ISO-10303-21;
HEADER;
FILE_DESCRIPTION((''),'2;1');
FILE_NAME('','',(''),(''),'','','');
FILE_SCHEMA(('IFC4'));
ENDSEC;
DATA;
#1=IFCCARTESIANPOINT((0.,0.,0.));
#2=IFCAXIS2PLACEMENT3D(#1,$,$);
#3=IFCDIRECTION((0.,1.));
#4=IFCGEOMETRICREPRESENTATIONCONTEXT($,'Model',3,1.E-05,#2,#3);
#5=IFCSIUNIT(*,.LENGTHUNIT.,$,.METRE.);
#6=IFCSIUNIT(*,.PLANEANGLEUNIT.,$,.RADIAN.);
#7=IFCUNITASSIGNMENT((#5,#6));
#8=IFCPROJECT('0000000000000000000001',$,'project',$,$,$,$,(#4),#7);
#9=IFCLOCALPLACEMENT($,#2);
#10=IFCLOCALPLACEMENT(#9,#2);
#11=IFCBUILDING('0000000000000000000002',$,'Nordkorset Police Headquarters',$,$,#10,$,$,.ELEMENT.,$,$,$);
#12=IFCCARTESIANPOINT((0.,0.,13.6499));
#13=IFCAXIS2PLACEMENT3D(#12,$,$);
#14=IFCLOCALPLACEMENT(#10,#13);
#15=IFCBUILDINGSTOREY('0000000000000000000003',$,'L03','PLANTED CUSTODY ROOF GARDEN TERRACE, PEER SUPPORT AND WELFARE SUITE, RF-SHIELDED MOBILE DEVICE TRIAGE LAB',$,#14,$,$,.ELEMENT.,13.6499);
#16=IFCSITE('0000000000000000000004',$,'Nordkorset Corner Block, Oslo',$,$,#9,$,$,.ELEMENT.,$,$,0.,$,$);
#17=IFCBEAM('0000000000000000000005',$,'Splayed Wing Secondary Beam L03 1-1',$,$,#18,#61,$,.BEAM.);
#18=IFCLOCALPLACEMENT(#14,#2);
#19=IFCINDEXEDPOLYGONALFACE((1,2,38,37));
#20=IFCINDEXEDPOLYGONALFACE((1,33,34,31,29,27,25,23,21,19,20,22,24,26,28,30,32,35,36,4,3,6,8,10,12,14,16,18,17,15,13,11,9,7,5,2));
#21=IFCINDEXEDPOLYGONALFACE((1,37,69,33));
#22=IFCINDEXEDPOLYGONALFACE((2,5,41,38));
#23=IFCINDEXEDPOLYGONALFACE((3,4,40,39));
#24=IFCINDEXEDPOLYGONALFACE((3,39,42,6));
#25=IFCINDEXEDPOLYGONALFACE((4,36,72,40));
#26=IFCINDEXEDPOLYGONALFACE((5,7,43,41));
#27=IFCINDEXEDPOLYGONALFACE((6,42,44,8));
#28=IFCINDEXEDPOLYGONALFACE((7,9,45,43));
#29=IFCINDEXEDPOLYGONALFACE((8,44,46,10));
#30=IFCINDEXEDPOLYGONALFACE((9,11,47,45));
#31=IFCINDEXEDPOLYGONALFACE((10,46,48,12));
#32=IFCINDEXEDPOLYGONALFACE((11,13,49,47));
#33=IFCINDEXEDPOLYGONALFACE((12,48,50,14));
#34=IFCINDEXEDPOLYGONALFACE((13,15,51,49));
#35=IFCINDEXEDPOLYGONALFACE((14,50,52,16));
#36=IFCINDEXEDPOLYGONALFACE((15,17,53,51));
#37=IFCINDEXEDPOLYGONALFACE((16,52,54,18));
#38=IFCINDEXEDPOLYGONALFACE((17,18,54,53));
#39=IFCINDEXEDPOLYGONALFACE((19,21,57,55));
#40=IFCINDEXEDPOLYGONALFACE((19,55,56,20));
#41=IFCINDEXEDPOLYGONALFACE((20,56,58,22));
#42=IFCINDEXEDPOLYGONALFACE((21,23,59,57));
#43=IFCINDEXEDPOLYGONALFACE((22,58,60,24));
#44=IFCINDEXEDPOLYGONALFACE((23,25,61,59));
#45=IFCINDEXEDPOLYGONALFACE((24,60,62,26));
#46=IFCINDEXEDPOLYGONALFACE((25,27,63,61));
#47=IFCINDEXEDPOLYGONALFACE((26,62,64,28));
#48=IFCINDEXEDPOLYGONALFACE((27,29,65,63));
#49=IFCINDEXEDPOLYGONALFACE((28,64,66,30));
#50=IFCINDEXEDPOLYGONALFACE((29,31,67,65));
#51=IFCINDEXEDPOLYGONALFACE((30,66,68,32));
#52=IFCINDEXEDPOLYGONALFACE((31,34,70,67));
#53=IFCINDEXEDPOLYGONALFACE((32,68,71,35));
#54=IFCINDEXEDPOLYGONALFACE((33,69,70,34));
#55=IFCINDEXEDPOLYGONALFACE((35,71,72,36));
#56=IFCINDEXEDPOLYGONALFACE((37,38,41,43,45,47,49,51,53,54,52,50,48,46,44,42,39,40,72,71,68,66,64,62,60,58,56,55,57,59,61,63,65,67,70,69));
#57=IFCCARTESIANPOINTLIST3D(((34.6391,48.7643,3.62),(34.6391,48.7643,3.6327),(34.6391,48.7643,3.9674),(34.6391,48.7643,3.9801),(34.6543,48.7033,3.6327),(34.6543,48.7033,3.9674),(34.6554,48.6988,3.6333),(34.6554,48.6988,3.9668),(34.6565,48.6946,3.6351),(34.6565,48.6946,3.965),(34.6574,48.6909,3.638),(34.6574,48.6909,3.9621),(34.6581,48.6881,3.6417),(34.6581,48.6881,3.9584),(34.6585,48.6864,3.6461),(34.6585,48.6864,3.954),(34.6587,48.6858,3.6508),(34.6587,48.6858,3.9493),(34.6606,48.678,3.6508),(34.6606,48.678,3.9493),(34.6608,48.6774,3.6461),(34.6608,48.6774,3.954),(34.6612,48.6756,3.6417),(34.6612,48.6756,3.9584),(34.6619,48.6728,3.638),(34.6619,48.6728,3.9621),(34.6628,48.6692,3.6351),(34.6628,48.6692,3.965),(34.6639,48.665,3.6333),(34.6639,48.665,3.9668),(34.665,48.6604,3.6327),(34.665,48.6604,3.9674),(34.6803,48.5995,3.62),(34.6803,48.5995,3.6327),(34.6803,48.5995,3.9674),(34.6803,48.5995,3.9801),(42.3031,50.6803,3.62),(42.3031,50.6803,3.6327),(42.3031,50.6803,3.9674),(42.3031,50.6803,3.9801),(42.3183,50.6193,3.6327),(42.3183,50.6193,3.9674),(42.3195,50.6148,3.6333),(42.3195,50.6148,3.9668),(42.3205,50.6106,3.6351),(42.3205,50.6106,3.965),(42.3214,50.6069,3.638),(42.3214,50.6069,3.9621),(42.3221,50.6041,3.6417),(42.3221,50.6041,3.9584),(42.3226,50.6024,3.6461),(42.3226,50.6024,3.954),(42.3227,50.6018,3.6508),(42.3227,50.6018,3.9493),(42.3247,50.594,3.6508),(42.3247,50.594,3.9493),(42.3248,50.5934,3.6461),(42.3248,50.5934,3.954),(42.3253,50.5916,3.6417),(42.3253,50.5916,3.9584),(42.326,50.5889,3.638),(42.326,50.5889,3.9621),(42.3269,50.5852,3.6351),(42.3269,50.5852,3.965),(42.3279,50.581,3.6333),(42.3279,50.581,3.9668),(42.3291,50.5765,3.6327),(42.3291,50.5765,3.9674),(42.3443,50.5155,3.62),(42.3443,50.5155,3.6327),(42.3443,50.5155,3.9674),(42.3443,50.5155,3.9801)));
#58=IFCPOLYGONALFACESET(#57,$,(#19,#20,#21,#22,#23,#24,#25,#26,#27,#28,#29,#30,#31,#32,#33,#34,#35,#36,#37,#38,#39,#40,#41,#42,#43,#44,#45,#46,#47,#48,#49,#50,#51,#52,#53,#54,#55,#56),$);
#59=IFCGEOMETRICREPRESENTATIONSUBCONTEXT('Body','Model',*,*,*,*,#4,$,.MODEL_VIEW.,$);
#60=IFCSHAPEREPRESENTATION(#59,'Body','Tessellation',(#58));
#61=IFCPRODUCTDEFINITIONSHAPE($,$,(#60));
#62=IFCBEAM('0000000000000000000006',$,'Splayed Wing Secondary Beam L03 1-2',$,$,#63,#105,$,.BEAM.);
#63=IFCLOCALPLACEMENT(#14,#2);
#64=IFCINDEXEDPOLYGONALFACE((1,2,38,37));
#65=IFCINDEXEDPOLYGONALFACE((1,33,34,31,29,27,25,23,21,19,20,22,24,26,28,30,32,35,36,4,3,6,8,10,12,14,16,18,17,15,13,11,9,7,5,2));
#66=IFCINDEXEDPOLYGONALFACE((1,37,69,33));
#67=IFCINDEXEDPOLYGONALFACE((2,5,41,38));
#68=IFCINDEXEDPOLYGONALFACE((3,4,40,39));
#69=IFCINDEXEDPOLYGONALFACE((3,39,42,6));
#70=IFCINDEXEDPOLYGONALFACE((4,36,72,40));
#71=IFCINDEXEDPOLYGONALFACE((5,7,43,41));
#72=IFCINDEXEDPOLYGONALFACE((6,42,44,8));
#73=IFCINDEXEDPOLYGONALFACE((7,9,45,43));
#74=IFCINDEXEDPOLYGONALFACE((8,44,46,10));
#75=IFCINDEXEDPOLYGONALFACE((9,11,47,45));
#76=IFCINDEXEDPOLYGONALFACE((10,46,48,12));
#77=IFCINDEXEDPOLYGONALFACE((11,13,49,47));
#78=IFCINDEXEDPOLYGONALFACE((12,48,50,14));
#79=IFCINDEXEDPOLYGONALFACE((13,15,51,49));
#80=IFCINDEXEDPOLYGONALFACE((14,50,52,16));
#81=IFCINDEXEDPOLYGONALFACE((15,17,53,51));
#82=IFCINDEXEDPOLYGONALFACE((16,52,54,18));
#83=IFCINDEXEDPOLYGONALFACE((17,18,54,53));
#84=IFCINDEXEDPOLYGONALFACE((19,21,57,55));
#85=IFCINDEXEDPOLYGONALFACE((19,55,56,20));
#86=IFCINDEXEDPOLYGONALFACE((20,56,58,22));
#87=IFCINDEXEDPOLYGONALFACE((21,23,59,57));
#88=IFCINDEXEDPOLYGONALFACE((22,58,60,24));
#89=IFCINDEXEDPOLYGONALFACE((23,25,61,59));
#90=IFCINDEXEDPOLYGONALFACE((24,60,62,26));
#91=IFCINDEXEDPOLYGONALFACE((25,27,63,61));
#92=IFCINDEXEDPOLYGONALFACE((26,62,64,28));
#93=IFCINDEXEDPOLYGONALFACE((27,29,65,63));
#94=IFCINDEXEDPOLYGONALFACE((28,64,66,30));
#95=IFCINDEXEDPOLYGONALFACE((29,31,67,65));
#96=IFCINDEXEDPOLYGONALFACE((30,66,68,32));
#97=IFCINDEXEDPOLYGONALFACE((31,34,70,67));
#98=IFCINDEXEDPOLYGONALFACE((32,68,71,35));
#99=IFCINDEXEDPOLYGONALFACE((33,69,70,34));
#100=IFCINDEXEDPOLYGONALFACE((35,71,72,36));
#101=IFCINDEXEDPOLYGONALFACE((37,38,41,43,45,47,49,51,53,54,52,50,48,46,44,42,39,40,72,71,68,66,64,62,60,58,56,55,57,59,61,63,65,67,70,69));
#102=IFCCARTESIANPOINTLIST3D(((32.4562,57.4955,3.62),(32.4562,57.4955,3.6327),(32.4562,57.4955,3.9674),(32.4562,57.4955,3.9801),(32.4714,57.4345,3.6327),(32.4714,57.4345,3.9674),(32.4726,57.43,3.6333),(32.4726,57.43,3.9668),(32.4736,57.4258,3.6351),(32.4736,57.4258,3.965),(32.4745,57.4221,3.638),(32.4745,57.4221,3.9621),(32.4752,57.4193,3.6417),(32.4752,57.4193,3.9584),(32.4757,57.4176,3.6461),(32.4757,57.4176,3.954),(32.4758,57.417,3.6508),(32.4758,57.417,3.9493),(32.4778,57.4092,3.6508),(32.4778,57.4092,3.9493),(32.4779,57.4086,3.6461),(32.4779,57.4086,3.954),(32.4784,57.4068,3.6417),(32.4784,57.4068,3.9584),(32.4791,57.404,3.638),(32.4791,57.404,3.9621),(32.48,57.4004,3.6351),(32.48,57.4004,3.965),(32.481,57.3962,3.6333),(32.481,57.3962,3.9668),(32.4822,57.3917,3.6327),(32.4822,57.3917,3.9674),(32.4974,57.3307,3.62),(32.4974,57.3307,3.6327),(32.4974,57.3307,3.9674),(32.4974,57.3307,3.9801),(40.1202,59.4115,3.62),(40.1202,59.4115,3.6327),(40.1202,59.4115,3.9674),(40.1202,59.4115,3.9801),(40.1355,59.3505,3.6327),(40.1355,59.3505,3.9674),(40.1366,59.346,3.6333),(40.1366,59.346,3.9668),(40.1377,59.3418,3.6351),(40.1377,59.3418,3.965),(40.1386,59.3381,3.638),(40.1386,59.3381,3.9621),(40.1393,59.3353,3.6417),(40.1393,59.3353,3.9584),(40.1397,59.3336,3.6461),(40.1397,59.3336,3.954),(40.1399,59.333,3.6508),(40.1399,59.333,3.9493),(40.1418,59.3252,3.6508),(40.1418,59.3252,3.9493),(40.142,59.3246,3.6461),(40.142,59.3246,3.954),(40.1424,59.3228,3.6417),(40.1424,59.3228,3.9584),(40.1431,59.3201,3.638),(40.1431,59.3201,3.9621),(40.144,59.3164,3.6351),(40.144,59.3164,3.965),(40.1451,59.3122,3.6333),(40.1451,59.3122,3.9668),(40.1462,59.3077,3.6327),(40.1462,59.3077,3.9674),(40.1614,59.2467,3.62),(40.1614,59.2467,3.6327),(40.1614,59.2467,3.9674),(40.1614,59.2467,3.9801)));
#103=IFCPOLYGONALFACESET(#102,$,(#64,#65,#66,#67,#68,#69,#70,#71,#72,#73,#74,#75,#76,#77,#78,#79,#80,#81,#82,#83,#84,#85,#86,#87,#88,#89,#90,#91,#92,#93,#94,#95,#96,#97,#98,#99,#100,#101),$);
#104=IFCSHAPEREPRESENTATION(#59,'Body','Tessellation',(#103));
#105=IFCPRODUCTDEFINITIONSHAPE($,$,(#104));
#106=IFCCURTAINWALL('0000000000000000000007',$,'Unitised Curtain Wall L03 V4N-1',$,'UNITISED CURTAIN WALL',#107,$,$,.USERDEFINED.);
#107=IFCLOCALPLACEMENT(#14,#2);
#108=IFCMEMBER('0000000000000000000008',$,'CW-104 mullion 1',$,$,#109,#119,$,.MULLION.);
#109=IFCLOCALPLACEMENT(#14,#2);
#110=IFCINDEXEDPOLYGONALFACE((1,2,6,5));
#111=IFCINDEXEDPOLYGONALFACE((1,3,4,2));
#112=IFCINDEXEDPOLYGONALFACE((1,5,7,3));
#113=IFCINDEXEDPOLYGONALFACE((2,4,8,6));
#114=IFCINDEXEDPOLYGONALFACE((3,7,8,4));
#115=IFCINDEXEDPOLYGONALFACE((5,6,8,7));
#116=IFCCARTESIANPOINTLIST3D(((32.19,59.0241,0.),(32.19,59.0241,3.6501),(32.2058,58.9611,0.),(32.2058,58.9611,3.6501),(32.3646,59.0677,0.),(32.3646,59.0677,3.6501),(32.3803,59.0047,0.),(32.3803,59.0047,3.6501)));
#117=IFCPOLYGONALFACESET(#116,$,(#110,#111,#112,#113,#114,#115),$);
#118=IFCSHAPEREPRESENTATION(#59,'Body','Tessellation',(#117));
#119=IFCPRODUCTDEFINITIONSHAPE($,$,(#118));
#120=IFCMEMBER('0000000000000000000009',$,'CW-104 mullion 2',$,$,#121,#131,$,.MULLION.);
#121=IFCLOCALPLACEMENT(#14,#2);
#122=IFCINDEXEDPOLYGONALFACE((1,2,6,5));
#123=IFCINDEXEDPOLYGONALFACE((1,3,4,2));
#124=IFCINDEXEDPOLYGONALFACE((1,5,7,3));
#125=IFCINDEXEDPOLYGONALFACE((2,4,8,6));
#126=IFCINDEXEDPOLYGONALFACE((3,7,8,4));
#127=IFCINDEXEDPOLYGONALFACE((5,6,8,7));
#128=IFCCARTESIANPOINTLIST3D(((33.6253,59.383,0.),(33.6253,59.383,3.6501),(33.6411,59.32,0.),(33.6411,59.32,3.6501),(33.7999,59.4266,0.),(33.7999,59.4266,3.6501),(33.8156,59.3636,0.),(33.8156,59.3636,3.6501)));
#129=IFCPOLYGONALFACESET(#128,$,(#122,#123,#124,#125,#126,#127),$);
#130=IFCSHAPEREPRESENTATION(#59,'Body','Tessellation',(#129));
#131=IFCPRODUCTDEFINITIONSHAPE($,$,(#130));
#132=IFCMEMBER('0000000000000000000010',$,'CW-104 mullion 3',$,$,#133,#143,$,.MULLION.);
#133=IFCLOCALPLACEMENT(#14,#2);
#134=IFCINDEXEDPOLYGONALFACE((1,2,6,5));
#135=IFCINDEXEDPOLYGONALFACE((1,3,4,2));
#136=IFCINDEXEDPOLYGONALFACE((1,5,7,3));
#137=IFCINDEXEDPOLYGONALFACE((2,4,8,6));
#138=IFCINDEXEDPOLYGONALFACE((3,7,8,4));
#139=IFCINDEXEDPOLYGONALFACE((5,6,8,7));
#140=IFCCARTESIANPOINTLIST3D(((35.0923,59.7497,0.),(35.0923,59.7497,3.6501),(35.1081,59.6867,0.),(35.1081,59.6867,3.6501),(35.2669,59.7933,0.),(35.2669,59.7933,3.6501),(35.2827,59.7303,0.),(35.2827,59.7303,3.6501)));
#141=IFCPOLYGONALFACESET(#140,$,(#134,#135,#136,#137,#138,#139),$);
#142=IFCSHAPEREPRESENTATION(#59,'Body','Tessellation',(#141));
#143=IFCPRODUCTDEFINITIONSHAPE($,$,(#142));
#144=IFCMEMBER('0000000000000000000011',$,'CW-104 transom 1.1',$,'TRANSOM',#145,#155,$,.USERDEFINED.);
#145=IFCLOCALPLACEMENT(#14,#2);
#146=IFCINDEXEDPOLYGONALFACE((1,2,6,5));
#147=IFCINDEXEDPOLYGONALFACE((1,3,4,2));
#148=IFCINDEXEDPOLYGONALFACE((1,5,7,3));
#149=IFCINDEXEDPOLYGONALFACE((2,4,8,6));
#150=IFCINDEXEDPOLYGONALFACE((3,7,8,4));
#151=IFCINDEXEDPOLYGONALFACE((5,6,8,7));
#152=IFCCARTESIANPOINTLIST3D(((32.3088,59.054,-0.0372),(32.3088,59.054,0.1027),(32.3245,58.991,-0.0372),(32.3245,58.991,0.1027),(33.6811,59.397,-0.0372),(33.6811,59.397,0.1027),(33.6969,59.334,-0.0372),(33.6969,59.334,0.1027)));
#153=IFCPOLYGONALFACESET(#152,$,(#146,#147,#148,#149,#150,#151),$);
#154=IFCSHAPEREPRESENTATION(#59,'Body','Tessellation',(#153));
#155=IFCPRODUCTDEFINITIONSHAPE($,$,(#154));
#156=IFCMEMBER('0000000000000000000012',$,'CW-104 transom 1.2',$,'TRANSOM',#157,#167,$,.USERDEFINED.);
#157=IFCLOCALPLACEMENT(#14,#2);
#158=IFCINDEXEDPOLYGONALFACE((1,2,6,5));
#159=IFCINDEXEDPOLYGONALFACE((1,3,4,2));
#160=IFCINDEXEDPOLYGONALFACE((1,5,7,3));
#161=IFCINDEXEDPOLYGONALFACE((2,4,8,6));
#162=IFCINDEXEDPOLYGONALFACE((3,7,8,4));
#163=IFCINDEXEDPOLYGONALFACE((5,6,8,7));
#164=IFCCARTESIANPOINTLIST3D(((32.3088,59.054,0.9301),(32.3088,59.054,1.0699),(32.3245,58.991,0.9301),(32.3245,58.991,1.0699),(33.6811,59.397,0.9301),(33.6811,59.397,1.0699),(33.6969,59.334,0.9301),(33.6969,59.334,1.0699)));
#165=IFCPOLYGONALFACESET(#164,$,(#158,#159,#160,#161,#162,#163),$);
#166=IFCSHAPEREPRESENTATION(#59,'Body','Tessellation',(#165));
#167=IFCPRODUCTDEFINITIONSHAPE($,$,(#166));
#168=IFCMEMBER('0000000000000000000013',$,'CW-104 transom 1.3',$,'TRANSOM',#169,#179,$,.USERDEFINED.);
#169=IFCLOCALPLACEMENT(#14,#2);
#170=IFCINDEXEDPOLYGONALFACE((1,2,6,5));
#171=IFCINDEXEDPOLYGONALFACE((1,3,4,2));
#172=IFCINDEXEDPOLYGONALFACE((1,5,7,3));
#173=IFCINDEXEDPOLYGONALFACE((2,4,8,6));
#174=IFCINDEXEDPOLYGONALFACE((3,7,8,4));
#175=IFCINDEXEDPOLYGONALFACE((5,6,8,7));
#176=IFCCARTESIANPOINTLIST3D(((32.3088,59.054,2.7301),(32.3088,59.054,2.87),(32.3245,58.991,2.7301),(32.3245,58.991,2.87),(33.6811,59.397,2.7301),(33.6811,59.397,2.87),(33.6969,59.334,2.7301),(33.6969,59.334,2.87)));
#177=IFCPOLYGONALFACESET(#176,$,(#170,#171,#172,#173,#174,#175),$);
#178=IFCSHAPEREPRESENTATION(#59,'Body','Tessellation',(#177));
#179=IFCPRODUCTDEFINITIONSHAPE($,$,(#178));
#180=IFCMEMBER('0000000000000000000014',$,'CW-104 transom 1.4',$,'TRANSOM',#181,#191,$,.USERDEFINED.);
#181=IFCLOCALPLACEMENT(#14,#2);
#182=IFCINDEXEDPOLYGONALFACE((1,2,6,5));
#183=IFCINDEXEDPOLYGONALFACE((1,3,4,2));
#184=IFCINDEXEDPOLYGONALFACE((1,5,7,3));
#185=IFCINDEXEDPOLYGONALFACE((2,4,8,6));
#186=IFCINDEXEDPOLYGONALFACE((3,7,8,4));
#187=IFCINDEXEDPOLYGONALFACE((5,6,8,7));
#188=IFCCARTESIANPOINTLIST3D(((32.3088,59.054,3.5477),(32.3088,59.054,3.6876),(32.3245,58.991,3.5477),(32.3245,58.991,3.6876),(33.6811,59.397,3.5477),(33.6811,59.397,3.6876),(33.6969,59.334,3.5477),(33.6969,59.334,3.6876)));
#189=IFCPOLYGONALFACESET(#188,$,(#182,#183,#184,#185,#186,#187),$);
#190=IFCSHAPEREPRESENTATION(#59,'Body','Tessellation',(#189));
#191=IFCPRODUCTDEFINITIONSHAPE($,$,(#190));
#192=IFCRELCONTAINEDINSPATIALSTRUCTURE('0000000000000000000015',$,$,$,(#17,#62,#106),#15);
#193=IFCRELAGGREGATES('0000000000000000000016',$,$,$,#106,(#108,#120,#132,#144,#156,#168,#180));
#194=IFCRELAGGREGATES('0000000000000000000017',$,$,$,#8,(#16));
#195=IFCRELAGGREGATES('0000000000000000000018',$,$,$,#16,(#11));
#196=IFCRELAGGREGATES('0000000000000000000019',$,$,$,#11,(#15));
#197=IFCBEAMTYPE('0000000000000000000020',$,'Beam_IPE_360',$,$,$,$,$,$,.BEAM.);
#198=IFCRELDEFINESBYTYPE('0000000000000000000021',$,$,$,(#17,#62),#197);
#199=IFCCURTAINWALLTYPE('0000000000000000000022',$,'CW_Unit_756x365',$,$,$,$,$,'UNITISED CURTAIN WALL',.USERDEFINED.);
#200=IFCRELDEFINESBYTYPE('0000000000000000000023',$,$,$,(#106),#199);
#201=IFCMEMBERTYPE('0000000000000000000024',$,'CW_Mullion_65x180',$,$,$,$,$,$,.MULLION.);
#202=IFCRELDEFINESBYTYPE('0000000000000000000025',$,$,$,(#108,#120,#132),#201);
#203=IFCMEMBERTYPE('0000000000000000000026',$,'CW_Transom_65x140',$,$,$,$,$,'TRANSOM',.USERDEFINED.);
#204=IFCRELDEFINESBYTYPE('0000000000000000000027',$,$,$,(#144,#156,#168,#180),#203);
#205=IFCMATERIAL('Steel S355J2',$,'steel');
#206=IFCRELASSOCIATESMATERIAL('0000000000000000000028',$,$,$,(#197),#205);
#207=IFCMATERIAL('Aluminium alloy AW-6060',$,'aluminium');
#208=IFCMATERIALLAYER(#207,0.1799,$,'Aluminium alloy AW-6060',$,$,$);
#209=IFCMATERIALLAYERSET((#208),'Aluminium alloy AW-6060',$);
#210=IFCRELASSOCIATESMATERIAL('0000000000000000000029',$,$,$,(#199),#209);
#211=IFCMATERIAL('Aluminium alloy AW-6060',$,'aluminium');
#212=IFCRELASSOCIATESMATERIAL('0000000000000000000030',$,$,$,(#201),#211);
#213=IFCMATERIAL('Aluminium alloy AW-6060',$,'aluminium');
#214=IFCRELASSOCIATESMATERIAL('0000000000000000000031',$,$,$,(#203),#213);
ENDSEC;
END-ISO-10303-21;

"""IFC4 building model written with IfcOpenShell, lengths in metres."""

from ifc_helpers import new_model, si_unit, direction, frame, origin, origin_2d, place, context, subcontext, project, spatial, rectangle, i_section, extrude, material, layer, layer_set, material_profile, profile_set, type_object, element, aggregate, save


model = new_model("IFC4")

# Units and contexts
model_context = context("Model", 3, precision=1e-05, world=origin(), true_north=direction((0.0, 1.0)))
body_context = subcontext(model_context, "Body", "Model", "MODEL_VIEW")
ifc_project = project(units=[si_unit("LENGTHUNIT", "METRE"), si_unit("PLANEANGLEUNIT", "RADIAN")], contexts=[model_context])

# Site, building, storey
site_placement = place(None, origin())
site = spatial("IfcSite", under=ifc_project, at=site_placement, Name="Nordkorset Corner Block, Oslo", CompositionType="ELEMENT", RefElevation=0.0)
building_placement = place(site_placement, origin())
building = spatial("IfcBuilding", under=site, at=building_placement, Name="Nordkorset Police Headquarters", CompositionType="ELEMENT")
storey_placement = place(building_placement, frame((0.0, 0.0, 13.6499)))
storey = spatial("IfcBuildingStorey", under=building, at=storey_placement, Name="L03", Description="PLANTED CUSTODY ROOF GARDEN TERRACE, PEER SUPPORT AND WELFARE SUITE, RF-SHIELDED MOBILE DEVICE TRIAGE LAB", CompositionType="ELEMENT", Elevation=13.6499)

# Beams
ifc_material_1 = material(Name="Steel S355J2", Category="steel")
ifc_material_profile_1 = material_profile(ifc_material_1, i_section(OverallWidth=0.1699, OverallDepth=0.3601, WebThickness=0.0081, FlangeThickness=0.0127, FilletRadius=0.0181, at=origin_2d()), Name="IPE 360")
ifc_profile_set_1 = profile_set([ifc_material_profile_1], Name="Steel S355J2")
beam_type = type_object("IfcBeamType", Name="Beam_IPE_360", PredefinedType="BEAM", material=ifc_profile_set_1)
for number, where, z_axis, x_axis, name in (
    (1, (34.6597, 48.6819, 3.8), (0.970143, 0.242536, 0.0), (-0.242536, 0.970143, 0.0), "Splayed Wing Secondary Beam L03 1-1"),
    (2, (32.4768, 57.4131, 3.8), (0.970143, 0.242536, 0.0), (-0.242536, 0.970143, 0.0), "Splayed Wing Secondary Beam L03 1-2"),
):
    element("IfcBeam", number, at=place(storey_placement, frame(where, z_axis=z_axis, x_axis=x_axis)), inside=storey, type_object=beam_type, Name=name, PredefinedType="BEAM", context=body_context, shape_type="SweptSolid", body=[
        extrude(i_section(OverallWidth=0.1699, OverallDepth=0.3601, WebThickness=0.0081, FlangeThickness=0.0127, FilletRadius=0.0181, at=origin_2d()), origin(), (0.0, 0.0, 1.0), 7.8999),
    ])

# Curtain wall, members
ifc_material_2 = material(Name="Aluminium alloy AW-6060", Category="aluminium")
ifc_layer_1 = layer(ifc_material_2, 0.1799, Name="Aluminium alloy AW-6060")
ifc_layer_set_1 = layer_set([ifc_layer_1], Name="Aluminium alloy AW-6060")
curtain_wall_type = type_object("IfcCurtainWallType", Name="CW_Unit_756x365", ElementType="UNITISED CURTAIN WALL", PredefinedType="USERDEFINED", material=ifc_layer_set_1)
curtain_wall_placement = place(storey_placement, origin())
curtain_wall = element("IfcCurtainWall", 3, at=curtain_wall_placement, inside=storey, type_object=curtain_wall_type, Name="Unitised Curtain Wall L03 V4N-1", ObjectType="UNITISED CURTAIN WALL", PredefinedType="USERDEFINED")
ifc_material_3 = material(Name="Aluminium alloy AW-6060", Category="aluminium")
ifc_material_profile_2 = material_profile(ifc_material_3, rectangle(XDim=0.0649, YDim=0.1799, at=origin_2d()), Name="ALU MULL 65x180")
ifc_profile_set_2 = profile_set([ifc_material_profile_2], Name="Aluminium alloy AW-6060")
member_type_1 = type_object("IfcMemberType", Name="CW_Mullion_65x180", PredefinedType="MULLION", material=ifc_profile_set_2)
member_1_placement = place(storey_placement, frame((32.2852, 59.0144, 0.0), z_axis=(0.0, 0.0, 1.0), x_axis=(-0.242536, 0.970143, 0.0)))
member_1 = element("IfcMember", 4, at=member_1_placement, type_object=member_type_1, Name="CW-104 mullion 1", PredefinedType="MULLION", context=body_context, shape_type="SweptSolid", body=[
    extrude(rectangle(XDim=0.0649, YDim=0.1799, at=origin_2d()), origin(), (0.0, 0.0, 1.0), 3.6501),
])
member_2_placement = place(storey_placement, frame((33.7205, 59.3733, 0.0), z_axis=(0.0, 0.0, 1.0), x_axis=(-0.242536, 0.970143, 0.0)))
member_2 = element("IfcMember", 5, at=member_2_placement, type_object=member_type_1, Name="CW-104 mullion 2", PredefinedType="MULLION", context=body_context, shape_type="SweptSolid", body=[
    extrude(rectangle(XDim=0.0649, YDim=0.1799, at=origin_2d()), origin(), (0.0, 0.0, 1.0), 3.6501),
])
member_3_placement = place(storey_placement, frame((35.1875, 59.74, 0.0), z_axis=(0.0, 0.0, 1.0), x_axis=(-0.242536, 0.970143, 0.0)))
member_3 = element("IfcMember", 6, at=member_3_placement, type_object=member_type_1, Name="CW-104 mullion 3", PredefinedType="MULLION", context=body_context, shape_type="SweptSolid", body=[
    extrude(rectangle(XDim=0.0649, YDim=0.1799, at=origin_2d()), origin(), (0.0, 0.0, 1.0), 3.6501),
])
ifc_material_4 = material(Name="Aluminium alloy AW-6060", Category="aluminium")
ifc_material_profile_3 = material_profile(ifc_material_4, rectangle(XDim=0.0649, YDim=0.1399, at=origin_2d()), Name="ALU TRAN 65x140")
ifc_profile_set_3 = profile_set([ifc_material_profile_3], Name="Aluminium alloy AW-6060")
member_type_2 = type_object("IfcMemberType", Name="CW_Transom_65x140", ElementType="TRANSOM", PredefinedType="USERDEFINED", material=ifc_profile_set_3)
member_4_placement = place(storey_placement, frame((32.3167, 59.0225, 0.0327), z_axis=(0.970153, 0.242495, 0.0), x_axis=(-0.242495, 0.970153, 0.0)))
member_4 = element("IfcMember", 7, at=member_4_placement, type_object=member_type_2, Name="CW-104 transom 1.1", ObjectType="TRANSOM", PredefinedType="USERDEFINED", context=body_context, shape_type="SweptSolid", body=[
    extrude(rectangle(XDim=0.0649, YDim=0.1399, at=origin_2d()), origin(), (0.0, 0.0, 1.0), 1.4146),
])
member_5_placement = place(storey_placement, frame((32.3167, 59.0225, 1.0), z_axis=(0.970153, 0.242495, 0.0), x_axis=(-0.242495, 0.970153, 0.0)))
member_5 = element("IfcMember", 8, at=member_5_placement, type_object=member_type_2, Name="CW-104 transom 1.2", ObjectType="TRANSOM", PredefinedType="USERDEFINED", context=body_context, shape_type="SweptSolid", body=[
    extrude(rectangle(XDim=0.0649, YDim=0.1399, at=origin_2d()), origin(), (0.0, 0.0, 1.0), 1.4146),
])
member_6_placement = place(storey_placement, frame((32.3167, 59.0225, 2.8), z_axis=(0.970153, 0.242495, 0.0), x_axis=(-0.242495, 0.970153, 0.0)))
member_6 = element("IfcMember", 9, at=member_6_placement, type_object=member_type_2, Name="CW-104 transom 1.3", ObjectType="TRANSOM", PredefinedType="USERDEFINED", context=body_context, shape_type="SweptSolid", body=[
    extrude(rectangle(XDim=0.0649, YDim=0.1399, at=origin_2d()), origin(), (0.0, 0.0, 1.0), 1.4146),
])
member_7_placement = place(storey_placement, frame((32.3167, 59.0225, 3.6177), z_axis=(0.970153, 0.242495, 0.0), x_axis=(-0.242495, 0.970153, 0.0)))
member_7 = element("IfcMember", 10, at=member_7_placement, type_object=member_type_2, Name="CW-104 transom 1.4", ObjectType="TRANSOM", PredefinedType="USERDEFINED", context=body_context, shape_type="SweptSolid", body=[
    extrude(rectangle(XDim=0.0649, YDim=0.1399, at=origin_2d()), origin(), (0.0, 0.0, 1.0), 1.4146),
])
aggregate(curtain_wall, [member_1, member_2, member_3, member_4, member_5, member_6, member_7])

save(model, "model.ifc")
